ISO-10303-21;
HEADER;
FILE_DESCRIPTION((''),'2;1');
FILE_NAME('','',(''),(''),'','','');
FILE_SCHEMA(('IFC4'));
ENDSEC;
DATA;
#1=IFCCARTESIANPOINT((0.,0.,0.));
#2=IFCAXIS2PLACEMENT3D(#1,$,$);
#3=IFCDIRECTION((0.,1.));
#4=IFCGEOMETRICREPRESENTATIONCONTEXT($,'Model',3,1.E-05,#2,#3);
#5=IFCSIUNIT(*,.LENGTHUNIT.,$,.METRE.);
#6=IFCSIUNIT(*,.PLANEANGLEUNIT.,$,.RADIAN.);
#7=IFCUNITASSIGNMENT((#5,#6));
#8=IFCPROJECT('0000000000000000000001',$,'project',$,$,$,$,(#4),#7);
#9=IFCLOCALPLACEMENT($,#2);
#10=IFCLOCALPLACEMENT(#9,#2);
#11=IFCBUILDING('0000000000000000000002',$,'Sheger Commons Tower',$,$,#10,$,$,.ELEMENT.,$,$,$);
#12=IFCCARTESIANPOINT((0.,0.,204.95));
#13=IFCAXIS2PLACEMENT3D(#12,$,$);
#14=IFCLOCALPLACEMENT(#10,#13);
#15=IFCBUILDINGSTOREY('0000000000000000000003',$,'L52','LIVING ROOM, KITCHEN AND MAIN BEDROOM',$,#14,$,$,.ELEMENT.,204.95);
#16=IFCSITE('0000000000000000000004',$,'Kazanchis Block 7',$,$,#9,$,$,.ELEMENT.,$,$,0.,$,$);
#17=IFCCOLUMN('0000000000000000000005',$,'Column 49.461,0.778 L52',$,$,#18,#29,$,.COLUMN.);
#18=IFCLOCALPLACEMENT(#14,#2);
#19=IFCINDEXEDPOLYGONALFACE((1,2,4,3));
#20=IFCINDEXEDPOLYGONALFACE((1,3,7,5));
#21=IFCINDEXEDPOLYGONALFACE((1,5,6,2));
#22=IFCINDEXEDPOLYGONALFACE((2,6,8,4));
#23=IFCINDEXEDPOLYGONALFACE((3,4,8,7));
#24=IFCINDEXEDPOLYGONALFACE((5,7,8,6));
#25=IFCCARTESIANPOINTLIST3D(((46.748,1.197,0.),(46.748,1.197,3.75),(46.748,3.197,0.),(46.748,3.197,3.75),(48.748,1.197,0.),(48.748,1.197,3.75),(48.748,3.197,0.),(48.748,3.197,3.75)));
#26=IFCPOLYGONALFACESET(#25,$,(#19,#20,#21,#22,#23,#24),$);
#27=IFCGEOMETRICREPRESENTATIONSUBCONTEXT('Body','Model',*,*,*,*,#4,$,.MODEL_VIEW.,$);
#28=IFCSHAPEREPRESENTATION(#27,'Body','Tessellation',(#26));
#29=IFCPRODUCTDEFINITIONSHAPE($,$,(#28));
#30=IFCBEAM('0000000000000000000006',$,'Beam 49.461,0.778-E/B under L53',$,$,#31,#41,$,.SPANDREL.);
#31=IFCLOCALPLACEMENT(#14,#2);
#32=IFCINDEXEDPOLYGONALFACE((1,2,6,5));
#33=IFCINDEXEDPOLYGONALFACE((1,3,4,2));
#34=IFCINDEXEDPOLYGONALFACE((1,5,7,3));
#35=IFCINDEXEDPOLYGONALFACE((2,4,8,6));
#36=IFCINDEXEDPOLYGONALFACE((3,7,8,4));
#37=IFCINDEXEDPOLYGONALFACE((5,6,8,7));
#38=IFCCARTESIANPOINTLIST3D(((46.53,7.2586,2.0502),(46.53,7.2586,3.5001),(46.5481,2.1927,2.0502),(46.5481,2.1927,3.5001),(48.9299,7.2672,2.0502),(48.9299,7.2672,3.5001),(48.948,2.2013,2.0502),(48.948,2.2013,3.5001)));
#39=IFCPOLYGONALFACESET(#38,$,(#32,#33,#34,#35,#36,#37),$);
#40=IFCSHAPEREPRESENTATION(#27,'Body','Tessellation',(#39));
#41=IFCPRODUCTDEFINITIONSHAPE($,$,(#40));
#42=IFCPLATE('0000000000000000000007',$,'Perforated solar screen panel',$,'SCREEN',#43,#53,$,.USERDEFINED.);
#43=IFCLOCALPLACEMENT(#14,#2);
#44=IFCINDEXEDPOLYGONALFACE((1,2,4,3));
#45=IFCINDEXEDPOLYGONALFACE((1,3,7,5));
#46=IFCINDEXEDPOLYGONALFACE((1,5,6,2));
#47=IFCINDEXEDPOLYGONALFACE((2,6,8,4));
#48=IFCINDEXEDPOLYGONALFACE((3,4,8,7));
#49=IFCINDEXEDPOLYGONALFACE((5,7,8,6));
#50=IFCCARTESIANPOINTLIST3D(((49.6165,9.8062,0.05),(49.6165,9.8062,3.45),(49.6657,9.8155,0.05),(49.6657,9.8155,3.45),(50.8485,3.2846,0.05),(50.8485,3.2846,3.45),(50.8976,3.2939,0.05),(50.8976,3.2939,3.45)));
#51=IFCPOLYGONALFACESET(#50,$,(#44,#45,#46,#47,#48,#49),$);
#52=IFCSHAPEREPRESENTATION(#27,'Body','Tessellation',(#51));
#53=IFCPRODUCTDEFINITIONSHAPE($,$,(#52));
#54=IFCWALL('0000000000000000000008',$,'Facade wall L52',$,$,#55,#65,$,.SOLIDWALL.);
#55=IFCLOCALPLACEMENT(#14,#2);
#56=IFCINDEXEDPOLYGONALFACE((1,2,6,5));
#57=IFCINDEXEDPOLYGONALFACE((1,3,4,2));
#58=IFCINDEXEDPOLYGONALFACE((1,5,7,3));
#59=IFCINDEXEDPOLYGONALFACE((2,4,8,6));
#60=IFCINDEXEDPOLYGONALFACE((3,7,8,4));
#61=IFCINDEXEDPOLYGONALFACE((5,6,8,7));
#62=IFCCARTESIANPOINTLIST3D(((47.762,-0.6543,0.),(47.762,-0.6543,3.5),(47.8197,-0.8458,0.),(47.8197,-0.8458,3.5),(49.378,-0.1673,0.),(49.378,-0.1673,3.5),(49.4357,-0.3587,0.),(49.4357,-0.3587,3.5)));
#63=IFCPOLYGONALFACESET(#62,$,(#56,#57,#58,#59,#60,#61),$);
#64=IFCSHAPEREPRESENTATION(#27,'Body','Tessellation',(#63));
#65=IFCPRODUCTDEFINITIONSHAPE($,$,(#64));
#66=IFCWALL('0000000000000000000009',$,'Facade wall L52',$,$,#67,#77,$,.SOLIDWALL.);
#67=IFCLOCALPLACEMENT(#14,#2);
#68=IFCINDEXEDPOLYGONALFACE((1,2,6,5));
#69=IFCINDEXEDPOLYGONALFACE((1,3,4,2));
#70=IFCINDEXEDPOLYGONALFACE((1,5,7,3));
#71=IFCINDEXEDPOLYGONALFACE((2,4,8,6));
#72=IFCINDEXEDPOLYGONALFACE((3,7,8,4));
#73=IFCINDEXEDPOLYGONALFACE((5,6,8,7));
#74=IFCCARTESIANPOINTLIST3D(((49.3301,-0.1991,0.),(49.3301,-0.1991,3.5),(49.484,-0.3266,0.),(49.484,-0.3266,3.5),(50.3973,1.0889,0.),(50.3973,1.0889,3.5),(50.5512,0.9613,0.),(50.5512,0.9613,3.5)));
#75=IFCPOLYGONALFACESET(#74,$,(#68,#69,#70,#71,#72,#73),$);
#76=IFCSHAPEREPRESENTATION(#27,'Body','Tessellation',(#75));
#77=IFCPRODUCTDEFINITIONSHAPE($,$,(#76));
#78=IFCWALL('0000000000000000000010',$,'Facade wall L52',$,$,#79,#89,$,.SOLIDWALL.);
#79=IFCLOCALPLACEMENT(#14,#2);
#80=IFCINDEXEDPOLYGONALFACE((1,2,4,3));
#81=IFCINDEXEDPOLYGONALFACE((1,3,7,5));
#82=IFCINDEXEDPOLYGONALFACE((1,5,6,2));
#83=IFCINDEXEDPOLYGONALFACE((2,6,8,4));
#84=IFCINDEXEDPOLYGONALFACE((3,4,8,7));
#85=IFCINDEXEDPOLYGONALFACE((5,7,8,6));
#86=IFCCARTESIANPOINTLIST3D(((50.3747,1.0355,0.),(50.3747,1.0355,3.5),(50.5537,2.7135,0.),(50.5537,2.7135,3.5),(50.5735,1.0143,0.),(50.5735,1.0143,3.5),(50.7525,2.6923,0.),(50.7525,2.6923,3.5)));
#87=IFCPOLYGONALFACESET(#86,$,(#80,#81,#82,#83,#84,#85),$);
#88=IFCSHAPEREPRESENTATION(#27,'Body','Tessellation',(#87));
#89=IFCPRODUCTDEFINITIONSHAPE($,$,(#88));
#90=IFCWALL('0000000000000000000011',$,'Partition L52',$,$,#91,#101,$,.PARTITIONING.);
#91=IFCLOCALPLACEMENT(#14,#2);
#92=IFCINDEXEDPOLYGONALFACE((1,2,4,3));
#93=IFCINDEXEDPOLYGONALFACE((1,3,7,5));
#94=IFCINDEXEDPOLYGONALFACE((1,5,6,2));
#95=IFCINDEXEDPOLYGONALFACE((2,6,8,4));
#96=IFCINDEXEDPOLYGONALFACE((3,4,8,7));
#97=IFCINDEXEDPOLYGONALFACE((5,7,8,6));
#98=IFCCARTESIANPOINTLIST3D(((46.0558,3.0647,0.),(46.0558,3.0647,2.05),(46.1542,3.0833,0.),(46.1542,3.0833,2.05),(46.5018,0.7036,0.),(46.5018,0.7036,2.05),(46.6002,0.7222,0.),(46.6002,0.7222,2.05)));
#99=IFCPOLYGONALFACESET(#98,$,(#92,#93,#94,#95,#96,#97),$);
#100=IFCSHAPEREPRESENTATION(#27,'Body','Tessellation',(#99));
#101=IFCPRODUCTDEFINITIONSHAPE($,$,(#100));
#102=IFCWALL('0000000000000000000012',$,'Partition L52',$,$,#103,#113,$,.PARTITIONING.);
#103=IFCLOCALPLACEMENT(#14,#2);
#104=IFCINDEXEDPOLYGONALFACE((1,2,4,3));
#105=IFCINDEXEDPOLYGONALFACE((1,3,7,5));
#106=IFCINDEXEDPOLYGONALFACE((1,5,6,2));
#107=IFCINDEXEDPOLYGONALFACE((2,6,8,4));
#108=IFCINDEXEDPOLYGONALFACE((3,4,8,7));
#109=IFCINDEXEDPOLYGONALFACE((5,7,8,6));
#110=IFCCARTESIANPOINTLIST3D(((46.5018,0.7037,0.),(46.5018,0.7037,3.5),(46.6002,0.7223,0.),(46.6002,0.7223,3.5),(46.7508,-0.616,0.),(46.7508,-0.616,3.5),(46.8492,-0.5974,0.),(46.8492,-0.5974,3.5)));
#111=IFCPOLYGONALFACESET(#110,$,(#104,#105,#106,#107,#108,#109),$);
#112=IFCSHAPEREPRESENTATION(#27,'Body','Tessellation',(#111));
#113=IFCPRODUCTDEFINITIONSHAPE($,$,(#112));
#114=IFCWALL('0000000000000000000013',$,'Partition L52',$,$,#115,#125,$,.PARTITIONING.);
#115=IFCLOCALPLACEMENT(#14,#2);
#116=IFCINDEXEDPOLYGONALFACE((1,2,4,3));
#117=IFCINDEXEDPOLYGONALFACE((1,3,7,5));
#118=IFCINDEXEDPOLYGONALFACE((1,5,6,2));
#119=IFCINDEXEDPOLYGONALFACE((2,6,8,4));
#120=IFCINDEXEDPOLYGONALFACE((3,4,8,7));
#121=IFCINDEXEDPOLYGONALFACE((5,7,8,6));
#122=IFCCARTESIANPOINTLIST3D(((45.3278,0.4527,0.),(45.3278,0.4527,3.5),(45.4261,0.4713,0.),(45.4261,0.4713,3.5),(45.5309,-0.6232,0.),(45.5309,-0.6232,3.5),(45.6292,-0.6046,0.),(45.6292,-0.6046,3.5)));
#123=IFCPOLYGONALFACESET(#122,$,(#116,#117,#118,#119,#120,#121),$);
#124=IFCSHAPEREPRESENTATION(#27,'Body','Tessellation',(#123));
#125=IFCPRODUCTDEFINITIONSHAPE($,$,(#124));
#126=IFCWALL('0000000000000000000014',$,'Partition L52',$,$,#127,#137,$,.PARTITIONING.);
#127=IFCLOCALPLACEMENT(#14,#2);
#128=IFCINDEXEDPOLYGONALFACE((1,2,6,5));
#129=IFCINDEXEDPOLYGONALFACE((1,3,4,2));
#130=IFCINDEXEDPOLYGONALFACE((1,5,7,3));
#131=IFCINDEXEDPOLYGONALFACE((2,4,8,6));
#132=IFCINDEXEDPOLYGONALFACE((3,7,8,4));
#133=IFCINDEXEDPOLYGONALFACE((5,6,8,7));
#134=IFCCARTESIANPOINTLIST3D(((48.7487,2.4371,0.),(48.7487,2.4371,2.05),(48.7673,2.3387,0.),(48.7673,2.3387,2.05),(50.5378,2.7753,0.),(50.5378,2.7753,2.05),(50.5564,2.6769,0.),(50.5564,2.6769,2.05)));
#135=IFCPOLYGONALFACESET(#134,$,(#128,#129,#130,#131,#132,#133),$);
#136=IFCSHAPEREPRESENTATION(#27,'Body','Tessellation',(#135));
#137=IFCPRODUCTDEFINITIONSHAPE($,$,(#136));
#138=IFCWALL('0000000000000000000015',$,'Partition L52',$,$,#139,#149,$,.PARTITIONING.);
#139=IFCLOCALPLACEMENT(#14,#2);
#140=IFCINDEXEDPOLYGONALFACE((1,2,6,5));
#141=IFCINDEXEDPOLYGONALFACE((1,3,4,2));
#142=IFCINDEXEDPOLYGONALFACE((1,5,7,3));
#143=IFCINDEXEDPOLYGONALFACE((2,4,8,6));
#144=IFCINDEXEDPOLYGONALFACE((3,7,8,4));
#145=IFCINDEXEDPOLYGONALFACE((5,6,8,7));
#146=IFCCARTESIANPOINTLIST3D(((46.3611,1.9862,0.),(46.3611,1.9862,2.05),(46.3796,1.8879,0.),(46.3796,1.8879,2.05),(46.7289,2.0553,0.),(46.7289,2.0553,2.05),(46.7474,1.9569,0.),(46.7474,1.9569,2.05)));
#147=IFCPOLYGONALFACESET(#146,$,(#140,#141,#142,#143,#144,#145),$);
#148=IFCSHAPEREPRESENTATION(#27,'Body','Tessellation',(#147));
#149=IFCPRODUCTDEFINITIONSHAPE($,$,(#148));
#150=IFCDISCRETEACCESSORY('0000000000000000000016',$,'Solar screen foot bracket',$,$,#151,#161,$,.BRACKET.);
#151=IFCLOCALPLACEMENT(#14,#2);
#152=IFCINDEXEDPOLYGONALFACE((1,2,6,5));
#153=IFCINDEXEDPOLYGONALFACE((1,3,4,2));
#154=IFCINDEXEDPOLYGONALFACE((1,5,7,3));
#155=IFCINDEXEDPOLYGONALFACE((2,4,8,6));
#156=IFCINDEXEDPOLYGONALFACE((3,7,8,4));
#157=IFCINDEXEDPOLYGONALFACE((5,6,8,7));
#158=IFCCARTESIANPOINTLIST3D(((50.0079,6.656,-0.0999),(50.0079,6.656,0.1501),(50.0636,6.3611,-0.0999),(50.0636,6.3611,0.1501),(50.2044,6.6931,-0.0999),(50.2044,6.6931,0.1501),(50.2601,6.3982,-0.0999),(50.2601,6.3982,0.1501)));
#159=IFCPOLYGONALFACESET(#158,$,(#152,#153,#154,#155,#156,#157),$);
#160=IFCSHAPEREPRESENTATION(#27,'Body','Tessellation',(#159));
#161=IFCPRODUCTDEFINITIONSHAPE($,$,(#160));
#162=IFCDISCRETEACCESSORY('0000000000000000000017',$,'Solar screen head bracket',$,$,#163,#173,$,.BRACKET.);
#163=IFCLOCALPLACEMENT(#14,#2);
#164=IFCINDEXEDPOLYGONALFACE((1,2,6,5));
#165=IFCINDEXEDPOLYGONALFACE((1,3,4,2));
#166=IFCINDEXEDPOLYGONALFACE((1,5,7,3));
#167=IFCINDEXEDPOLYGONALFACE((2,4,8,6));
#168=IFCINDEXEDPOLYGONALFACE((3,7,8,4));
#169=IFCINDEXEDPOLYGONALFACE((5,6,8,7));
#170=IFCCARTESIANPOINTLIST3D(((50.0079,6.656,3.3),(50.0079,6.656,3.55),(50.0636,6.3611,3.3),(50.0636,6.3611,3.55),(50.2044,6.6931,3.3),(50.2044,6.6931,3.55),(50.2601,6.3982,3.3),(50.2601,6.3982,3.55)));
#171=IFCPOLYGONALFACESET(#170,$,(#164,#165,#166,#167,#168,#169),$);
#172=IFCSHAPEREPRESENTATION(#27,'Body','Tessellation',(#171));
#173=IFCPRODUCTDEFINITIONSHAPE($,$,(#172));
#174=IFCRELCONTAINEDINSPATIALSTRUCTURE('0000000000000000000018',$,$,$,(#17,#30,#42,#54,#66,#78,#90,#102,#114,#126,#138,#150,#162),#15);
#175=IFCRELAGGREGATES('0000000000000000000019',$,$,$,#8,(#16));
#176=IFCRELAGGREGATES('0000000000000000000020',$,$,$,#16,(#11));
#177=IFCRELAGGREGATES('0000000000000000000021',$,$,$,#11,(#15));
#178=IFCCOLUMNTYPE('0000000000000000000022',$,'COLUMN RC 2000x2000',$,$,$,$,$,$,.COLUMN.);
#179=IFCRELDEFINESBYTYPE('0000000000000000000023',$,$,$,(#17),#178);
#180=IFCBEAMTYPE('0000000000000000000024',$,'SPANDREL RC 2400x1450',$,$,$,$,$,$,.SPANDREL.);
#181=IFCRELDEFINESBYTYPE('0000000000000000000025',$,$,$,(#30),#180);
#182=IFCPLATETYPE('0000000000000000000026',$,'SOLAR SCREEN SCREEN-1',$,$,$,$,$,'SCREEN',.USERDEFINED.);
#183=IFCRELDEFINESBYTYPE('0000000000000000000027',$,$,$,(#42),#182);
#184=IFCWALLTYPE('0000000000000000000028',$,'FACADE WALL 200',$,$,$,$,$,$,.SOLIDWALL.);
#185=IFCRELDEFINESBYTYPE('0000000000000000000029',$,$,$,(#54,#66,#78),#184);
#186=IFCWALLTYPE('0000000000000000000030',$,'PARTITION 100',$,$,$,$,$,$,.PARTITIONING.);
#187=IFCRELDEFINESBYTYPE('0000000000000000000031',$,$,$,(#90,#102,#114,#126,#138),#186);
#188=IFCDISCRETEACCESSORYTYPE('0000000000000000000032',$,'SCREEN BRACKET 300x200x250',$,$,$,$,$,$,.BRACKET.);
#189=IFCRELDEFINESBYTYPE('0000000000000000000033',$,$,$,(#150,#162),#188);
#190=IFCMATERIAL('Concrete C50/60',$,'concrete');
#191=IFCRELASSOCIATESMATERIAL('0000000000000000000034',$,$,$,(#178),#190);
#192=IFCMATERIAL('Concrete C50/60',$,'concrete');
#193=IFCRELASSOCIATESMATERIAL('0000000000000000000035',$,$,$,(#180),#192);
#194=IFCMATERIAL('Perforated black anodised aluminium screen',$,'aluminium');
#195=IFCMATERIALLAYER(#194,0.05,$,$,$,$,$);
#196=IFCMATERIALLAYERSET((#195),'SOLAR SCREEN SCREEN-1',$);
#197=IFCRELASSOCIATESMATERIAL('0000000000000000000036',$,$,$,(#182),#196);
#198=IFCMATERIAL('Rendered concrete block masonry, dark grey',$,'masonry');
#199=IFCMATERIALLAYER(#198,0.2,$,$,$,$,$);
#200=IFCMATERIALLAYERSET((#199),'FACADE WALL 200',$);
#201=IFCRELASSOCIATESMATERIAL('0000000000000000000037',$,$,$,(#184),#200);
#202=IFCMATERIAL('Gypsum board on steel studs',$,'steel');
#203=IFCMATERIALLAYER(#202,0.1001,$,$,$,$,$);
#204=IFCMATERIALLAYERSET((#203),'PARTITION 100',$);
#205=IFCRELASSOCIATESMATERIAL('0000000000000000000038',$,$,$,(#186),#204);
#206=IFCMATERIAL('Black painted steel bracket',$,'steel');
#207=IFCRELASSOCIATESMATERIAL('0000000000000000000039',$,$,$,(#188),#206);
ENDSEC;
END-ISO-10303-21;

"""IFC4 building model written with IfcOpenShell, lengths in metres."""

from ifc_helpers import new_model, si_unit, direction, frame, frame_2d, origin, origin_2d, place, context, subcontext, project, spatial, rectangle, extrude, material, layer, layer_set, material_profile, profile_set, type_object, element, save


model = new_model("IFC4")

# Units and contexts
model_context = context("Model", 3, precision=1e-05, world=origin(), true_north=direction((0.0, 1.0)))
body_context = subcontext(model_context, "Body", "Model", "MODEL_VIEW")
ifc_project = project(units=[si_unit("LENGTHUNIT", "METRE"), si_unit("PLANEANGLEUNIT", "RADIAN")], contexts=[model_context])

# Site, building, storey
site_placement = place(None, origin())
site = spatial("IfcSite", under=ifc_project, at=site_placement, Name="Kazanchis Block 7", CompositionType="ELEMENT", RefElevation=0.0)
building_placement = place(site_placement, origin())
building = spatial("IfcBuilding", under=site, at=building_placement, Name="Sheger Commons Tower", CompositionType="ELEMENT")
storey_placement = place(building_placement, frame((0.0, 0.0, 204.95)))
storey = spatial("IfcBuildingStorey", under=building, at=storey_placement, Name="L52", Description="LIVING ROOM, KITCHEN AND MAIN BEDROOM", CompositionType="ELEMENT", Elevation=204.95)

# Column
ifc_material_1 = material(Name="Concrete C50/60", Category="concrete")
ifc_material_profile_1 = material_profile(ifc_material_1, rectangle(XDim=2.0, YDim=2.0, at=origin_2d()), Name="RC 2000x2000")
ifc_profile_set_1 = profile_set([ifc_material_profile_1], Name="Concrete C50/60")
column_type = type_object("IfcColumnType", Name="COLUMN RC 2000x2000", PredefinedType="COLUMN", material=ifc_profile_set_1)
column_placement = place(storey_placement, frame((47.748, 2.197, 0.0), z_axis=(0.0, 0.0, 1.0), x_axis=(1.0, 0.0, 0.0)))
element("IfcColumn", 1, at=column_placement, inside=storey, type_object=column_type, Name="Column 49.461,0.778 L52", PredefinedType="COLUMN", context=body_context, shape_type="SweptSolid", body=[
    extrude(rectangle(XDim=2.0, YDim=2.0, at=origin_2d()), origin(), (0.0, 0.0, 1.0), 3.75),
])

# Beam
ifc_material_2 = material(Name="Concrete C50/60", Category="concrete")
ifc_material_profile_2 = material_profile(ifc_material_2, rectangle(XDim=2.3999, YDim=1.45, at=origin_2d()), Name="RC 2400x1450")
ifc_profile_set_2 = profile_set([ifc_material_profile_2], Name="Concrete C50/60")
beam_type = type_object("IfcBeamType", Name="SPANDREL RC 2400x1450", PredefinedType="SPANDREL", material=ifc_profile_set_2)
beam_placement = place(storey_placement, frame((47.748, 2.197, 2.7751), z_axis=(-0.003566, 0.999994, 0.0), x_axis=(-0.999994, -0.003566, 0.0)))
element("IfcBeam", 2, at=beam_placement, inside=storey, type_object=beam_type, Name="Beam 49.461,0.778-E/B under L53", PredefinedType="SPANDREL", context=body_context, shape_type="SweptSolid", body=[
    extrude(rectangle(XDim=2.3999, YDim=1.45, at=origin_2d()), origin(), (0.0, 0.0, 1.0), 5.0659),
])

# Plate
ifc_material_3 = material(Name="Perforated black anodised aluminium screen", Category="aluminium")
ifc_layer_1 = layer(ifc_material_3, 0.05)
ifc_layer_set_1 = layer_set([ifc_layer_1], Name="SOLAR SCREEN SCREEN-1")
plate_type = type_object("IfcPlateType", Name="SOLAR SCREEN SCREEN-1", ElementType="SCREEN", PredefinedType="USERDEFINED", material=ifc_layer_set_1)
plate_placement = place(storey_placement, frame((50.2571, 6.55, 0.05), z_axis=(0.0, 0.0, 1.0), x_axis=(-0.185615, 0.982623, 0.0)))
element("IfcPlate", 3, at=plate_placement, inside=storey, type_object=plate_type, Name="Perforated solar screen panel", ObjectType="SCREEN", PredefinedType="USERDEFINED", context=body_context, shape_type="SweptSolid", body=[
    extrude(rectangle(XDim=6.637, YDim=0.05, at=origin_2d()), origin(), (0.0, 0.0, 1.0), 3.3999),
])

# Walls
ifc_material_4 = material(Name="Rendered concrete block masonry, dark grey", Category="masonry")
ifc_layer_2 = layer(ifc_material_4, 0.2)
ifc_layer_set_2 = layer_set([ifc_layer_2], Name="FACADE WALL 200")
wall_type_1 = type_object("IfcWallType", Name="FACADE WALL 200", PredefinedType="SOLIDWALL", material=ifc_layer_set_2)
wall_1_placement = place(storey_placement, frame((47.791, -0.75, 0.0), z_axis=(0.0, 0.0, 1.0), x_axis=(0.957455, 0.288582, 0.0)))
element("IfcWall", 4, at=wall_1_placement, inside=storey, type_object=wall_type_1, Name="Facade wall L52", PredefinedType="SOLIDWALL", context=body_context, shape_type="SweptSolid", body=[
    extrude(rectangle(XDim=1.6877, YDim=0.2, at=frame_2d((0.8438, 0.0))), origin(), (0.0, 0.0, 1.0), 3.5),
])
wall_2_placement = place(storey_placement, frame((49.407, -0.2629, 0.0), z_axis=(0.0, 0.0, 1.0), x_axis=(0.638043, 0.770001, 0.0)))
element("IfcWall", 5, at=wall_2_placement, inside=storey, type_object=wall_type_1, Name="Facade wall L52", PredefinedType="SOLIDWALL", context=body_context, shape_type="SweptSolid", body=[
    extrude(rectangle(XDim=1.6726, YDim=0.2, at=frame_2d((0.8364, 0.0))), origin(), (0.0, 0.0, 1.0), 3.5),
])
wall_3_placement = place(storey_placement, frame((50.4741, 1.0249, 0.0), z_axis=(0.0, 0.0, 1.0), x_axis=(0.106048, 0.994361, 0.0)))
element("IfcWall", 6, at=wall_3_placement, inside=storey, type_object=wall_type_1, Name="Facade wall L52", PredefinedType="SOLIDWALL", context=body_context, shape_type="SweptSolid", body=[
    extrude(rectangle(XDim=1.6875, YDim=0.2, at=frame_2d((0.8438, 0.0))), origin(), (0.0, 0.0, 1.0), 3.5),
])

# Walls
ifc_material_5 = material(Name="Gypsum board on steel studs", Category="steel")
ifc_layer_3 = layer(ifc_material_5, 0.1001)
ifc_layer_set_3 = layer_set([ifc_layer_3], Name="PARTITION 100")
wall_type_2 = type_object("IfcWallType", Name="PARTITION 100", PredefinedType="PARTITIONING", material=ifc_layer_set_3)
wall_4_placement = place(storey_placement, frame((46.105, 3.074, 0.0), z_axis=(0.0, 0.0, 1.0), x_axis=(0.185632, -0.982619, 0.0)))
element("IfcWall", 7, at=wall_4_placement, inside=storey, type_object=wall_type_2, Name="Partition L52", PredefinedType="PARTITIONING", context=body_context, shape_type="SweptSolid", body=[
    extrude(rectangle(XDim=2.4028, YDim=0.1001, at=frame_2d((1.2014, 0.0))), origin(), (0.0, 0.0, 1.0), 2.05),
])
wall_5_placement = place(storey_placement, frame((46.551, 0.7129, 0.0), z_axis=(0.0, 0.0, 1.0), x_axis=(0.185408, -0.982662, 0.0)))
element("IfcWall", 8, at=wall_5_placement, inside=storey, type_object=wall_type_2, Name="Partition L52", PredefinedType="PARTITIONING", context=body_context, shape_type="SweptSolid", body=[
    extrude(rectangle(XDim=1.343, YDim=0.1001, at=frame_2d((0.6714, 0.0))), origin(), (0.0, 0.0, 1.0), 3.5),
])
wall_6_placement = place(storey_placement, frame((45.377, 0.4619, 0.0), z_axis=(0.0, 0.0, 1.0), x_axis=(0.185513, -0.982642, 0.0)))
element("IfcWall", 9, at=wall_6_placement, inside=storey, type_object=wall_type_2, Name="Partition L52", PredefinedType="PARTITIONING", context=body_context, shape_type="SweptSolid", body=[
    extrude(rectangle(XDim=1.095, YDim=0.1001, at=frame_2d((0.5474, 0.0))), origin(), (0.0, 0.0, 1.0), 3.5),
])
wall_7_placement = place(storey_placement, frame((50.5471, 2.7261, 0.0), z_axis=(0.0, 0.0, 1.0), x_axis=(-0.982604, -0.185713, 0.0)))
element("IfcWall", 10, at=wall_7_placement, inside=storey, type_object=wall_type_2, Name="Partition L52", PredefinedType="PARTITIONING", context=body_context, shape_type="SweptSolid", body=[
    extrude(rectangle(XDim=1.8208, YDim=0.1001, at=frame_2d((0.9104, 0.0))), origin(), (0.0, 0.0, 1.0), 2.05),
])
wall_8_placement = place(storey_placement, frame((46.738, 2.0061, 0.0), z_axis=(0.0, 0.0, 1.0), x_axis=(-0.98282, -0.184564, 0.0)))
element("IfcWall", 11, at=wall_8_placement, inside=storey, type_object=wall_type_2, Name="Partition L52", PredefinedType="PARTITIONING", context=body_context, shape_type="SweptSolid", body=[
    extrude(rectangle(XDim=0.3743, YDim=0.1001, at=frame_2d((0.187, 0.0))), origin(), (0.0, 0.0, 1.0), 2.05),
])

# Discrete accessories
ifc_material_6 = material(Name="Black painted steel bracket", Category="steel")
discrete_accessory_type = type_object("IfcDiscreteAccessoryType", Name="SCREEN BRACKET 300x200x250", PredefinedType="BRACKET", material=ifc_material_6)
for number, where, z_axis, x_axis, name in (
    (12, (50.134, 6.5271, -0.0999), (0.0, 0.0, 1.0), (-0.185615, 0.982623, 0.0), "Solar screen foot bracket"),
    (13, (50.134, 6.5271, 3.3), (0.0, 0.0, 1.0), (-0.185615, 0.982623, 0.0), "Solar screen head bracket"),
):
    element("IfcDiscreteAccessory", number, at=place(storey_placement, frame(where, z_axis=z_axis, x_axis=x_axis)), inside=storey, type_object=discrete_accessory_type, Name=name, PredefinedType="BRACKET", context=body_context, shape_type="SweptSolid", body=[
        extrude(rectangle(XDim=0.3, YDim=0.2, at=origin_2d()), origin(), (0.0, 0.0, 1.0), 0.25),
    ])

save(model, "model.ifc")
